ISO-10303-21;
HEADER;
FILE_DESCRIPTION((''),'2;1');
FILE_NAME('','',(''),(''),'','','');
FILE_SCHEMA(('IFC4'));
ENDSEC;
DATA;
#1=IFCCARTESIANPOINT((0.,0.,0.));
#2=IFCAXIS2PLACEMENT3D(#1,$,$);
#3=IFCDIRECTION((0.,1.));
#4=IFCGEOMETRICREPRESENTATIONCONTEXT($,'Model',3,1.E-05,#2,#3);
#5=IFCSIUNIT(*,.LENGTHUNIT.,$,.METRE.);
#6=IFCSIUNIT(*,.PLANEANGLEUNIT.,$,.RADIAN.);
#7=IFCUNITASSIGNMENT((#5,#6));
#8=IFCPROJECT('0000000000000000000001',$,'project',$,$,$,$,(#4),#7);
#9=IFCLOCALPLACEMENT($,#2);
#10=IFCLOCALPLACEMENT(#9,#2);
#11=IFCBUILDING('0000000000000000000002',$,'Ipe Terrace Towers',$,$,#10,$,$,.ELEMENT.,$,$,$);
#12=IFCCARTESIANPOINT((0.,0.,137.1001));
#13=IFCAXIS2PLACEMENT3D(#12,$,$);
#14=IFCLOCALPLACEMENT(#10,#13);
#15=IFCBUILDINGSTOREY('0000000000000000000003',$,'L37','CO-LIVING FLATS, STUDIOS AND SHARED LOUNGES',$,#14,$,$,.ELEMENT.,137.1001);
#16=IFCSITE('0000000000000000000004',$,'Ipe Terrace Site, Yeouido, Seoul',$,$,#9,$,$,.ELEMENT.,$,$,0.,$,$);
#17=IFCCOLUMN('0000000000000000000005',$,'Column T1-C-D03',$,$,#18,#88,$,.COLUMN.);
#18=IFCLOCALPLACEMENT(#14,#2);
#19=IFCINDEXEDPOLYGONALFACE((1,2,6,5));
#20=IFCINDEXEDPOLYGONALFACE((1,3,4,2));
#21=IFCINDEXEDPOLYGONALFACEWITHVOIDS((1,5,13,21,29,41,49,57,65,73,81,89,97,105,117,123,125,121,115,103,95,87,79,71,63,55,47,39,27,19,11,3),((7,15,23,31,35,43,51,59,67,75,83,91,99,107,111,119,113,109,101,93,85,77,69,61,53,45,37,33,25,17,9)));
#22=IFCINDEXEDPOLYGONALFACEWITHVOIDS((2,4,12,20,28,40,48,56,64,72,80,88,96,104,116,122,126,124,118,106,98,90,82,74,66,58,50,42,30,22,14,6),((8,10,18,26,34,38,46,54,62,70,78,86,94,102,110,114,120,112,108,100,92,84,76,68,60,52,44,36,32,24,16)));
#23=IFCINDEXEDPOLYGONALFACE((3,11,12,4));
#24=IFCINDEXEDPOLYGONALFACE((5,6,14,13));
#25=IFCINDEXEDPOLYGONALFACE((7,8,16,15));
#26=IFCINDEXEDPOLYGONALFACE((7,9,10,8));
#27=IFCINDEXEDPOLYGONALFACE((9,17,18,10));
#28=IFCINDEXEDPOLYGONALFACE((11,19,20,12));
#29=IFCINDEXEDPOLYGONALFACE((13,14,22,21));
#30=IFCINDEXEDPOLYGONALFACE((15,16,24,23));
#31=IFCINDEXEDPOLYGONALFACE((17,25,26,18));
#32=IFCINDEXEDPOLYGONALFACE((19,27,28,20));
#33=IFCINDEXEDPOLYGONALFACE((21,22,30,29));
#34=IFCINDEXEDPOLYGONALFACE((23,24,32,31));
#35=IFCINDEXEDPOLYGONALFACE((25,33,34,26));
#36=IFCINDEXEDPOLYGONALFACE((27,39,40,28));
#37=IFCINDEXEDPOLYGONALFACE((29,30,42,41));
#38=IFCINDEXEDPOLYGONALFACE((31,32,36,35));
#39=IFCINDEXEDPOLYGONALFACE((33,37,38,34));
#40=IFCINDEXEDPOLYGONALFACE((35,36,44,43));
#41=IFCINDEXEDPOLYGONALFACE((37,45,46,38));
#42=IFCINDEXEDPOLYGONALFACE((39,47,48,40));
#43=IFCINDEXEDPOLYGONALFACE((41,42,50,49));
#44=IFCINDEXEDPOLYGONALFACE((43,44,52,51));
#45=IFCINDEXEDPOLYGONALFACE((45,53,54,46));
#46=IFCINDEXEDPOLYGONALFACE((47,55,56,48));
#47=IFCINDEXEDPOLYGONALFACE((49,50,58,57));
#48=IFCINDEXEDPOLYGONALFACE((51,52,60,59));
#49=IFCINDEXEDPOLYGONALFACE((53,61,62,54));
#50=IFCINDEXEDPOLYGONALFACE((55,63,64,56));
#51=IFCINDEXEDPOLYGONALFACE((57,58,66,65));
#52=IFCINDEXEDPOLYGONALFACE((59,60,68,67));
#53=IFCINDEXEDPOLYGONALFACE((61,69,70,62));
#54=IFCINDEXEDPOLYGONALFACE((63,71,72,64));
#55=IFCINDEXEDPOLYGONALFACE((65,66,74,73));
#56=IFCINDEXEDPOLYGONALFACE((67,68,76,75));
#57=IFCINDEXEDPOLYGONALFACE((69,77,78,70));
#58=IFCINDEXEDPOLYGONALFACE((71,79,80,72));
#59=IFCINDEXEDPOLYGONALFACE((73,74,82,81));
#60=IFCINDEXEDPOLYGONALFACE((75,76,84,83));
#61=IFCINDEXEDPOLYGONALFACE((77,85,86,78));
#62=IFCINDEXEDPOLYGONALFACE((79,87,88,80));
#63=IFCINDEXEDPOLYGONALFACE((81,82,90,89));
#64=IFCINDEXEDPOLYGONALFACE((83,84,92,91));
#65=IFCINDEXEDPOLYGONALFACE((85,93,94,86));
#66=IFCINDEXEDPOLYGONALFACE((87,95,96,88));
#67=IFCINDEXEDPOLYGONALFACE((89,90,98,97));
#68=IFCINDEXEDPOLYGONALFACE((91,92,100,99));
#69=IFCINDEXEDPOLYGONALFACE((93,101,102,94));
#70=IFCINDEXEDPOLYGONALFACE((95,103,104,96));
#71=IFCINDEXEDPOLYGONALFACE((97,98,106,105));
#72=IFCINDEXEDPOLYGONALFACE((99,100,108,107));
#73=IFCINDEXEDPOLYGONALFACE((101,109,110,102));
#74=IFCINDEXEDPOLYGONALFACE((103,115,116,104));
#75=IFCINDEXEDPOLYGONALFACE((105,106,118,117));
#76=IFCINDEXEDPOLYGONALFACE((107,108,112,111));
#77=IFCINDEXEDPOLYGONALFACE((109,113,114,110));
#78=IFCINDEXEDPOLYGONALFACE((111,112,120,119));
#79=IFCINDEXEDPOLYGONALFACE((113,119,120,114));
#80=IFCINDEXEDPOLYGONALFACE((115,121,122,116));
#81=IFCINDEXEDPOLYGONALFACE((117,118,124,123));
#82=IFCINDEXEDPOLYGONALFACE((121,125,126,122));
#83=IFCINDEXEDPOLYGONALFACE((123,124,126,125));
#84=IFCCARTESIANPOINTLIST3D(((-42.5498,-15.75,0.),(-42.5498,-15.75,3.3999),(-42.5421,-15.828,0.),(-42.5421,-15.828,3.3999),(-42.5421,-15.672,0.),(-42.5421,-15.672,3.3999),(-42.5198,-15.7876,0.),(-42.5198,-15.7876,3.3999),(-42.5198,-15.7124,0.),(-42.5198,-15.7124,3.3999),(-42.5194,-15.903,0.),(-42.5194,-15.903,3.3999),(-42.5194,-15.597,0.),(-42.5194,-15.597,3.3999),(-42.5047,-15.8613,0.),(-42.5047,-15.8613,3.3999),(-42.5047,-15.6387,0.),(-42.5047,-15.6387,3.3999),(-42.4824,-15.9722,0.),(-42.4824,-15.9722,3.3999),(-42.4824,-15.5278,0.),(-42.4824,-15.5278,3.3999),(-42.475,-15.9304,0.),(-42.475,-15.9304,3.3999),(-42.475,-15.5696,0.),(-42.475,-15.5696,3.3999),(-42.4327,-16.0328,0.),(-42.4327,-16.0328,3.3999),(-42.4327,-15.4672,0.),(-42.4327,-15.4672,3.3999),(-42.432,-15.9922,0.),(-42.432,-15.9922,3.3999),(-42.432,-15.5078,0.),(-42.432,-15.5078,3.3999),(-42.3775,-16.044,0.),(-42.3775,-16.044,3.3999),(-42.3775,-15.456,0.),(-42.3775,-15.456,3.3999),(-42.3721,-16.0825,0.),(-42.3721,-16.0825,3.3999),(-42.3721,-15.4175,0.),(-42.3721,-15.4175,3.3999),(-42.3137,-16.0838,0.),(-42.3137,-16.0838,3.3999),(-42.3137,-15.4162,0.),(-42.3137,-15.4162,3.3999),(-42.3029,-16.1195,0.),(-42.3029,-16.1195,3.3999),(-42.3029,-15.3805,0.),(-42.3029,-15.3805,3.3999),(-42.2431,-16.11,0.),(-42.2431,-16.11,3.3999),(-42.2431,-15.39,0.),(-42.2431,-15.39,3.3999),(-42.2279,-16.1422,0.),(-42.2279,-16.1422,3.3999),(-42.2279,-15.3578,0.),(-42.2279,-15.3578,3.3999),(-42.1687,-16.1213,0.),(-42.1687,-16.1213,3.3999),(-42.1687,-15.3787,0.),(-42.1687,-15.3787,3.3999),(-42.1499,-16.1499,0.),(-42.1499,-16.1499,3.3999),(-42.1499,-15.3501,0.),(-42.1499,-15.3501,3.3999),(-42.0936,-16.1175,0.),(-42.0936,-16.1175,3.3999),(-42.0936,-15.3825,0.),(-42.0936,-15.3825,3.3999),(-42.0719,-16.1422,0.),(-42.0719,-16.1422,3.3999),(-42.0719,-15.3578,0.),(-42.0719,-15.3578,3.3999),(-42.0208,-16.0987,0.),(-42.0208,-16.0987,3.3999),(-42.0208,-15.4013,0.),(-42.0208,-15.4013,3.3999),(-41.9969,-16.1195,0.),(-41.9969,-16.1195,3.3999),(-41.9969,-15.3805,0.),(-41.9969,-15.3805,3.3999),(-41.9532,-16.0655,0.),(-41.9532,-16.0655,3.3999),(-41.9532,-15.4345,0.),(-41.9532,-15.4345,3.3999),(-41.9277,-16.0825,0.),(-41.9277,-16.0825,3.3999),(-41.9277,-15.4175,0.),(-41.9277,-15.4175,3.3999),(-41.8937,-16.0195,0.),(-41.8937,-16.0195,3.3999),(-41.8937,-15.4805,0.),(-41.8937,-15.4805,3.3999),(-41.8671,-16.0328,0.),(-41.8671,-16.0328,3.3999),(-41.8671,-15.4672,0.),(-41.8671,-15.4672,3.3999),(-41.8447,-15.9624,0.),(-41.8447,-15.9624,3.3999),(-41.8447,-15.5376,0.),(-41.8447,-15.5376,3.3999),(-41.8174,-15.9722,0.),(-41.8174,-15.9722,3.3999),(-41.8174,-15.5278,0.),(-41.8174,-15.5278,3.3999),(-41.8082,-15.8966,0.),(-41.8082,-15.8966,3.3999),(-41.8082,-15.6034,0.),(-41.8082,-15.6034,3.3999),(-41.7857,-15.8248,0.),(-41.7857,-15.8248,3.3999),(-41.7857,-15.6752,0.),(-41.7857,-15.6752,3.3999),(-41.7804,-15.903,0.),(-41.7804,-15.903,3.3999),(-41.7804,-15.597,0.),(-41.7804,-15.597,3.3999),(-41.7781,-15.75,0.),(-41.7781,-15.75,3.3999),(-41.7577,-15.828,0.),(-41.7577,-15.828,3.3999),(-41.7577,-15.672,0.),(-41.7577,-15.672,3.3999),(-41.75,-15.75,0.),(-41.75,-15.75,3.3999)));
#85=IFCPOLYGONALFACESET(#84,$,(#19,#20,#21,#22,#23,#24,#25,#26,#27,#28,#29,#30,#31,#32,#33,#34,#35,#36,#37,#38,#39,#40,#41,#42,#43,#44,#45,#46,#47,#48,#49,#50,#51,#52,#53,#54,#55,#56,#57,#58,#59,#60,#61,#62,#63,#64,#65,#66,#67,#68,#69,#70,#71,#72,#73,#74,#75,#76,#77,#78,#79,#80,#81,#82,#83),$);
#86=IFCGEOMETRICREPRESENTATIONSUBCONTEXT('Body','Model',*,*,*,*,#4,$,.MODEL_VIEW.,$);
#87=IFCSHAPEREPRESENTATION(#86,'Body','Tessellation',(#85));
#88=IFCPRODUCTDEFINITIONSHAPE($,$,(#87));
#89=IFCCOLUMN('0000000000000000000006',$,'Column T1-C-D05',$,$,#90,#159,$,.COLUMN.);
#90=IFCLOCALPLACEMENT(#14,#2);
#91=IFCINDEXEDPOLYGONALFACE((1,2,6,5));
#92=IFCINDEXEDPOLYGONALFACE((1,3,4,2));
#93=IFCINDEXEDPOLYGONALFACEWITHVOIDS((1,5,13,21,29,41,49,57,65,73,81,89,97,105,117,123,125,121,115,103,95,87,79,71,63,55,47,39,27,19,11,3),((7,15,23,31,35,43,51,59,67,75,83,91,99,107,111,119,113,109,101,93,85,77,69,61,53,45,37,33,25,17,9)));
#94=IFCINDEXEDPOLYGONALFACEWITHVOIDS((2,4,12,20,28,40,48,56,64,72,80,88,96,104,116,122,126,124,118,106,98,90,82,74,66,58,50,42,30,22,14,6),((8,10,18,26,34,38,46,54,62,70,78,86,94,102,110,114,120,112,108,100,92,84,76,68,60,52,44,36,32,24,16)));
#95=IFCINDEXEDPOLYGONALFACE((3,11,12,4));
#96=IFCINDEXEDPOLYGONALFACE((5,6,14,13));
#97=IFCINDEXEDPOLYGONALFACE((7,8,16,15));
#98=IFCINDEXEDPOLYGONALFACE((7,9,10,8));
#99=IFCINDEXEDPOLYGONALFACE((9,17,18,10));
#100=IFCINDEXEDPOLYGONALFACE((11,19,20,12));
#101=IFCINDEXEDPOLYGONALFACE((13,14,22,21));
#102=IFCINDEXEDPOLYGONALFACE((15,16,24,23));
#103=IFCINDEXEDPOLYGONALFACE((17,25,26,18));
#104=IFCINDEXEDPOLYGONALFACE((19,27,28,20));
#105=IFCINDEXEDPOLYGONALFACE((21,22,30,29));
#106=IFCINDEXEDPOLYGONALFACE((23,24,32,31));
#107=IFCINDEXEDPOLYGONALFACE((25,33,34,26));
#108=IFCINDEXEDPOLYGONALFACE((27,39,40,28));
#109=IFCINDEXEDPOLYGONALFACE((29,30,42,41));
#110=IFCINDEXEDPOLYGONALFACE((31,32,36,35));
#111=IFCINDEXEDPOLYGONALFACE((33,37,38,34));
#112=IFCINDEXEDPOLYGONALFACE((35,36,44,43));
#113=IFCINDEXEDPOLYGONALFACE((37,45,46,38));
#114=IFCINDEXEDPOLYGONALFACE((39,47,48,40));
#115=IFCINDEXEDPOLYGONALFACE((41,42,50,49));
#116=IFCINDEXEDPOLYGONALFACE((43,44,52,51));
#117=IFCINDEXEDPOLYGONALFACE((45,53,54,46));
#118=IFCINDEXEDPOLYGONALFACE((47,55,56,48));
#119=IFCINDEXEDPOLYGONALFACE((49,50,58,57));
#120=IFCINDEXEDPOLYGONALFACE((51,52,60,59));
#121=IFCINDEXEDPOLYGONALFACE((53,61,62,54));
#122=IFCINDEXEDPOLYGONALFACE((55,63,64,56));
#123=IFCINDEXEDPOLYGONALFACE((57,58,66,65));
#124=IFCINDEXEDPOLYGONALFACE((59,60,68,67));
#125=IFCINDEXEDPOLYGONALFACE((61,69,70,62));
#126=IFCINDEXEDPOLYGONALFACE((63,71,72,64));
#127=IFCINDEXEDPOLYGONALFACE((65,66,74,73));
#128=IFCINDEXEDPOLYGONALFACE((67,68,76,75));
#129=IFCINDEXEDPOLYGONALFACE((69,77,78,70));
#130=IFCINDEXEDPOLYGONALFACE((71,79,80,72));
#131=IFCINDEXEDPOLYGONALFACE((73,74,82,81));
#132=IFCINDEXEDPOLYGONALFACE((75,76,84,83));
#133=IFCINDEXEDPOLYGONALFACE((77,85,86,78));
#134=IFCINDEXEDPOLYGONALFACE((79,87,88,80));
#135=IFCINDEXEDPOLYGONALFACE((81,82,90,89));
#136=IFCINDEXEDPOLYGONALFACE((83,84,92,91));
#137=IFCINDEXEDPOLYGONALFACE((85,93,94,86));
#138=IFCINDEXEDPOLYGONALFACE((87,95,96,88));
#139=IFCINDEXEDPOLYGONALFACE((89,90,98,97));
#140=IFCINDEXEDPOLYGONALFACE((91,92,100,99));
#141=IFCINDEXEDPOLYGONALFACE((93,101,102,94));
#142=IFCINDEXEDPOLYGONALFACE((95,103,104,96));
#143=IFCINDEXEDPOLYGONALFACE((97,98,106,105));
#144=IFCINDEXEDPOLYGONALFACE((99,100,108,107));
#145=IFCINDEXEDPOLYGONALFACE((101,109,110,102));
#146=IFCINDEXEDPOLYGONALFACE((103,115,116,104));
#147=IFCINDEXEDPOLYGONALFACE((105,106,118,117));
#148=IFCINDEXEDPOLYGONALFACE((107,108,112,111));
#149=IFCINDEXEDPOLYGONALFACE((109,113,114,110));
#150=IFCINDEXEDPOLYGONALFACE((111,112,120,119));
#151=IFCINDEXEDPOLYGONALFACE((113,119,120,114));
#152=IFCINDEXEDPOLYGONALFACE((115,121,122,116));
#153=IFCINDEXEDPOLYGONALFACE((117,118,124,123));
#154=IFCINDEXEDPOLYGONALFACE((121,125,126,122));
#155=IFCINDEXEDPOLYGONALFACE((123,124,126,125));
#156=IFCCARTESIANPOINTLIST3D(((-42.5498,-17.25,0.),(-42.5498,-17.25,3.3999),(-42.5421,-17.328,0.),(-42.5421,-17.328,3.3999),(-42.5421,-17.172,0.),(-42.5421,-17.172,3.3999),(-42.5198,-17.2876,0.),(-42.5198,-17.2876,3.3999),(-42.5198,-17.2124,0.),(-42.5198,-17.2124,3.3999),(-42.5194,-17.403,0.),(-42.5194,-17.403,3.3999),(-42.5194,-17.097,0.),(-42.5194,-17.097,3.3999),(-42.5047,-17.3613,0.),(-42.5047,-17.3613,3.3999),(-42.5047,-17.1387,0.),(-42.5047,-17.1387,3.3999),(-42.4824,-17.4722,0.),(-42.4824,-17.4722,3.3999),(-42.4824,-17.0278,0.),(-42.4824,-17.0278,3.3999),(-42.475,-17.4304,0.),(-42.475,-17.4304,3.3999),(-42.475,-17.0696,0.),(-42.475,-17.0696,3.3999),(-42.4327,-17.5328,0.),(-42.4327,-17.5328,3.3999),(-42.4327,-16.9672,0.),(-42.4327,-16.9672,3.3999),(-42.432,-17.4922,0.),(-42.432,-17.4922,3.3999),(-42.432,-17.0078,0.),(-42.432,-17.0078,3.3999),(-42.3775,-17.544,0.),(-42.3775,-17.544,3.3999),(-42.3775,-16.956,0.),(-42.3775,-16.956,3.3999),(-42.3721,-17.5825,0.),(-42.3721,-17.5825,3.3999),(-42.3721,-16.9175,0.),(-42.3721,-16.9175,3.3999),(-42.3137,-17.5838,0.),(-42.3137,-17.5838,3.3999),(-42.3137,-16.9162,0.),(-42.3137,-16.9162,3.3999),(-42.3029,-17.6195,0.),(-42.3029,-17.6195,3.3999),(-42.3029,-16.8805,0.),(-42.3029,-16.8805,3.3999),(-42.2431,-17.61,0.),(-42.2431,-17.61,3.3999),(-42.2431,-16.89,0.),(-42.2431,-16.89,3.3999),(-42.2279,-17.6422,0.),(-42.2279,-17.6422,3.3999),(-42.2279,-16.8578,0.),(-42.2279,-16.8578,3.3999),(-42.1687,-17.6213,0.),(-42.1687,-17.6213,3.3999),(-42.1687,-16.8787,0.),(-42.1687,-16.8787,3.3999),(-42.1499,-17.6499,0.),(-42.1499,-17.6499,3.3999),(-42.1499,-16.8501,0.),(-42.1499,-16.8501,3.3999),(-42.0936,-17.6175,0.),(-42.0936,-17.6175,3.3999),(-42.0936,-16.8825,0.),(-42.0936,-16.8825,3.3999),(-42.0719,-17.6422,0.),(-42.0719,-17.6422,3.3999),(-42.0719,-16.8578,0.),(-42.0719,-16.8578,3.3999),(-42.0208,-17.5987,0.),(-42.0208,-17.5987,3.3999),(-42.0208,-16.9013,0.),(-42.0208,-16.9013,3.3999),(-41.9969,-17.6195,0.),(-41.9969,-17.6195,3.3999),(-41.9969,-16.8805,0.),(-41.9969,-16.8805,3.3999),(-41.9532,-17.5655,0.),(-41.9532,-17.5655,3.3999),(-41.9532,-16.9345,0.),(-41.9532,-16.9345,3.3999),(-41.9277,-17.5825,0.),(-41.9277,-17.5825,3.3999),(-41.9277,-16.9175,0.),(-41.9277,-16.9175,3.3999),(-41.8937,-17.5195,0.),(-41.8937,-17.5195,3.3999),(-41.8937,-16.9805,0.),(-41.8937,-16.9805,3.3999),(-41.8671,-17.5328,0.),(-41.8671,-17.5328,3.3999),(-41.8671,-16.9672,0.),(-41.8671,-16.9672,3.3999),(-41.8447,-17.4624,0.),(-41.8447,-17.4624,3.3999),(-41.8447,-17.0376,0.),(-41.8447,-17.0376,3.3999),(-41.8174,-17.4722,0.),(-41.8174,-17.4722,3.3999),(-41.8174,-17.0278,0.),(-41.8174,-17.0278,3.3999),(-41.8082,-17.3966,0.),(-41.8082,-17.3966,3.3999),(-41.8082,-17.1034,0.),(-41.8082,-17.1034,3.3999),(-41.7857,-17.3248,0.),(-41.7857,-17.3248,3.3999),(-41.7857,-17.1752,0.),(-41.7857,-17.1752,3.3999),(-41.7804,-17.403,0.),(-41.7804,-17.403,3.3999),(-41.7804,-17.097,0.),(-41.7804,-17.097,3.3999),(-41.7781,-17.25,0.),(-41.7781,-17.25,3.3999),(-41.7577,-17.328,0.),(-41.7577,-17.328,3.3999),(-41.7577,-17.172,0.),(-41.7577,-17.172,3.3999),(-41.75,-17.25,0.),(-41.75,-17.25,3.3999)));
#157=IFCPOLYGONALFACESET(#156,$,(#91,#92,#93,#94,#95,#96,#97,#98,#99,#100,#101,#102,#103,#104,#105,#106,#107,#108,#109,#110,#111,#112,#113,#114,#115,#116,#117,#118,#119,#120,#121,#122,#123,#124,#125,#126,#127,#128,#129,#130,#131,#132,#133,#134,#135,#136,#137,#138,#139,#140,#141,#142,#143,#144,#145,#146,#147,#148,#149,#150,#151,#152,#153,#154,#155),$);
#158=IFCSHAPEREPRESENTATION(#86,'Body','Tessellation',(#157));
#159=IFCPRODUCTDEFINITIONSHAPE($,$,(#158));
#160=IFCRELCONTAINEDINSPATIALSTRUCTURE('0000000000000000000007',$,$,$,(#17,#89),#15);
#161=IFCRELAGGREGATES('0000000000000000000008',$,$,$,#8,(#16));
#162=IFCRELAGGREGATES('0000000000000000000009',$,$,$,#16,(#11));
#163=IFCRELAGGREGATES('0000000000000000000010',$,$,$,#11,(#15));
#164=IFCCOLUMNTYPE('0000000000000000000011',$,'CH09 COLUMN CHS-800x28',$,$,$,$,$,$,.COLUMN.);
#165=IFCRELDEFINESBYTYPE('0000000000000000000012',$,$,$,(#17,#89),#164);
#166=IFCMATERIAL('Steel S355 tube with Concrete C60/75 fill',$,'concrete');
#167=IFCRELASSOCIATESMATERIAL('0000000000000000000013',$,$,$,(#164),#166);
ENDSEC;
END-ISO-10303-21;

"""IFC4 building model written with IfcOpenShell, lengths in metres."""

from ifc_helpers import new_model, si_unit, direction, frame, origin, origin_2d, place, context, subcontext, project, spatial, hollow_circle, extrude, material, material_profile, profile_set, type_object, element, save


model = new_model("IFC4")

# Units and contexts
model_context = context("Model", 3, precision=1e-05, world=origin(), true_north=direction((0.0, 1.0)))
body_context = subcontext(model_context, "Body", "Model", "MODEL_VIEW")
ifc_project = project(units=[si_unit("LENGTHUNIT", "METRE"), si_unit("PLANEANGLEUNIT", "RADIAN")], contexts=[model_context])

# Site, building, storey
site_placement = place(None, origin())
site = spatial("IfcSite", under=ifc_project, at=site_placement, Name="Ipe Terrace Site, Yeouido, Seoul", CompositionType="ELEMENT", RefElevation=0.0)
building_placement = place(site_placement, origin())
building = spatial("IfcBuilding", under=site, at=building_placement, Name="Ipe Terrace Towers", CompositionType="ELEMENT")
storey_placement = place(building_placement, frame((0.0, 0.0, 137.1001)))
storey = spatial("IfcBuildingStorey", under=building, at=storey_placement, Name="L37", Description="CO-LIVING FLATS, STUDIOS AND SHARED LOUNGES", CompositionType="ELEMENT", Elevation=137.1001)

# Columns
ifc_material_1 = material(Name="Steel S355 tube with Concrete C60/75 fill", Category="concrete")
ifc_material_profile_1 = material_profile(ifc_material_1, hollow_circle(Radius=0.3999, WallThickness=0.0281, at=origin_2d()), Name="CHS-800x28")
ifc_profile_set_1 = profile_set([ifc_material_profile_1], Name="Steel S355 tube with Concrete C60/75 fill")
column_type_1 = type_object("IfcColumnType", Name="CH09 COLUMN CHS-800x28", PredefinedType="COLUMN", material=ifc_profile_set_1)
for number, where, z_axis, x_axis, name in (
    (1, (-42.1499, -15.75, 0.0), (0.0, 0.0, 1.0), (1.0, 0.0, 0.0), "Column T1-C-D03"),
    (2, (-42.1499, -17.25, 0.0), (0.0, 0.0, 1.0), (1.0, 0.0, 0.0), "Column T1-C-D05"),
):
    element("IfcColumn", number, at=place(storey_placement, frame(where, z_axis=z_axis, x_axis=x_axis)), inside=storey, type_object=column_type_1, Name=name, PredefinedType="COLUMN", context=body_context, shape_type="SweptSolid", body=[
        extrude(hollow_circle(Radius=0.3999, WallThickness=0.0281, at=origin_2d()), origin(), (0.0, 0.0, 1.0), 3.3999),
    ])

save(model, "model.ifc")
